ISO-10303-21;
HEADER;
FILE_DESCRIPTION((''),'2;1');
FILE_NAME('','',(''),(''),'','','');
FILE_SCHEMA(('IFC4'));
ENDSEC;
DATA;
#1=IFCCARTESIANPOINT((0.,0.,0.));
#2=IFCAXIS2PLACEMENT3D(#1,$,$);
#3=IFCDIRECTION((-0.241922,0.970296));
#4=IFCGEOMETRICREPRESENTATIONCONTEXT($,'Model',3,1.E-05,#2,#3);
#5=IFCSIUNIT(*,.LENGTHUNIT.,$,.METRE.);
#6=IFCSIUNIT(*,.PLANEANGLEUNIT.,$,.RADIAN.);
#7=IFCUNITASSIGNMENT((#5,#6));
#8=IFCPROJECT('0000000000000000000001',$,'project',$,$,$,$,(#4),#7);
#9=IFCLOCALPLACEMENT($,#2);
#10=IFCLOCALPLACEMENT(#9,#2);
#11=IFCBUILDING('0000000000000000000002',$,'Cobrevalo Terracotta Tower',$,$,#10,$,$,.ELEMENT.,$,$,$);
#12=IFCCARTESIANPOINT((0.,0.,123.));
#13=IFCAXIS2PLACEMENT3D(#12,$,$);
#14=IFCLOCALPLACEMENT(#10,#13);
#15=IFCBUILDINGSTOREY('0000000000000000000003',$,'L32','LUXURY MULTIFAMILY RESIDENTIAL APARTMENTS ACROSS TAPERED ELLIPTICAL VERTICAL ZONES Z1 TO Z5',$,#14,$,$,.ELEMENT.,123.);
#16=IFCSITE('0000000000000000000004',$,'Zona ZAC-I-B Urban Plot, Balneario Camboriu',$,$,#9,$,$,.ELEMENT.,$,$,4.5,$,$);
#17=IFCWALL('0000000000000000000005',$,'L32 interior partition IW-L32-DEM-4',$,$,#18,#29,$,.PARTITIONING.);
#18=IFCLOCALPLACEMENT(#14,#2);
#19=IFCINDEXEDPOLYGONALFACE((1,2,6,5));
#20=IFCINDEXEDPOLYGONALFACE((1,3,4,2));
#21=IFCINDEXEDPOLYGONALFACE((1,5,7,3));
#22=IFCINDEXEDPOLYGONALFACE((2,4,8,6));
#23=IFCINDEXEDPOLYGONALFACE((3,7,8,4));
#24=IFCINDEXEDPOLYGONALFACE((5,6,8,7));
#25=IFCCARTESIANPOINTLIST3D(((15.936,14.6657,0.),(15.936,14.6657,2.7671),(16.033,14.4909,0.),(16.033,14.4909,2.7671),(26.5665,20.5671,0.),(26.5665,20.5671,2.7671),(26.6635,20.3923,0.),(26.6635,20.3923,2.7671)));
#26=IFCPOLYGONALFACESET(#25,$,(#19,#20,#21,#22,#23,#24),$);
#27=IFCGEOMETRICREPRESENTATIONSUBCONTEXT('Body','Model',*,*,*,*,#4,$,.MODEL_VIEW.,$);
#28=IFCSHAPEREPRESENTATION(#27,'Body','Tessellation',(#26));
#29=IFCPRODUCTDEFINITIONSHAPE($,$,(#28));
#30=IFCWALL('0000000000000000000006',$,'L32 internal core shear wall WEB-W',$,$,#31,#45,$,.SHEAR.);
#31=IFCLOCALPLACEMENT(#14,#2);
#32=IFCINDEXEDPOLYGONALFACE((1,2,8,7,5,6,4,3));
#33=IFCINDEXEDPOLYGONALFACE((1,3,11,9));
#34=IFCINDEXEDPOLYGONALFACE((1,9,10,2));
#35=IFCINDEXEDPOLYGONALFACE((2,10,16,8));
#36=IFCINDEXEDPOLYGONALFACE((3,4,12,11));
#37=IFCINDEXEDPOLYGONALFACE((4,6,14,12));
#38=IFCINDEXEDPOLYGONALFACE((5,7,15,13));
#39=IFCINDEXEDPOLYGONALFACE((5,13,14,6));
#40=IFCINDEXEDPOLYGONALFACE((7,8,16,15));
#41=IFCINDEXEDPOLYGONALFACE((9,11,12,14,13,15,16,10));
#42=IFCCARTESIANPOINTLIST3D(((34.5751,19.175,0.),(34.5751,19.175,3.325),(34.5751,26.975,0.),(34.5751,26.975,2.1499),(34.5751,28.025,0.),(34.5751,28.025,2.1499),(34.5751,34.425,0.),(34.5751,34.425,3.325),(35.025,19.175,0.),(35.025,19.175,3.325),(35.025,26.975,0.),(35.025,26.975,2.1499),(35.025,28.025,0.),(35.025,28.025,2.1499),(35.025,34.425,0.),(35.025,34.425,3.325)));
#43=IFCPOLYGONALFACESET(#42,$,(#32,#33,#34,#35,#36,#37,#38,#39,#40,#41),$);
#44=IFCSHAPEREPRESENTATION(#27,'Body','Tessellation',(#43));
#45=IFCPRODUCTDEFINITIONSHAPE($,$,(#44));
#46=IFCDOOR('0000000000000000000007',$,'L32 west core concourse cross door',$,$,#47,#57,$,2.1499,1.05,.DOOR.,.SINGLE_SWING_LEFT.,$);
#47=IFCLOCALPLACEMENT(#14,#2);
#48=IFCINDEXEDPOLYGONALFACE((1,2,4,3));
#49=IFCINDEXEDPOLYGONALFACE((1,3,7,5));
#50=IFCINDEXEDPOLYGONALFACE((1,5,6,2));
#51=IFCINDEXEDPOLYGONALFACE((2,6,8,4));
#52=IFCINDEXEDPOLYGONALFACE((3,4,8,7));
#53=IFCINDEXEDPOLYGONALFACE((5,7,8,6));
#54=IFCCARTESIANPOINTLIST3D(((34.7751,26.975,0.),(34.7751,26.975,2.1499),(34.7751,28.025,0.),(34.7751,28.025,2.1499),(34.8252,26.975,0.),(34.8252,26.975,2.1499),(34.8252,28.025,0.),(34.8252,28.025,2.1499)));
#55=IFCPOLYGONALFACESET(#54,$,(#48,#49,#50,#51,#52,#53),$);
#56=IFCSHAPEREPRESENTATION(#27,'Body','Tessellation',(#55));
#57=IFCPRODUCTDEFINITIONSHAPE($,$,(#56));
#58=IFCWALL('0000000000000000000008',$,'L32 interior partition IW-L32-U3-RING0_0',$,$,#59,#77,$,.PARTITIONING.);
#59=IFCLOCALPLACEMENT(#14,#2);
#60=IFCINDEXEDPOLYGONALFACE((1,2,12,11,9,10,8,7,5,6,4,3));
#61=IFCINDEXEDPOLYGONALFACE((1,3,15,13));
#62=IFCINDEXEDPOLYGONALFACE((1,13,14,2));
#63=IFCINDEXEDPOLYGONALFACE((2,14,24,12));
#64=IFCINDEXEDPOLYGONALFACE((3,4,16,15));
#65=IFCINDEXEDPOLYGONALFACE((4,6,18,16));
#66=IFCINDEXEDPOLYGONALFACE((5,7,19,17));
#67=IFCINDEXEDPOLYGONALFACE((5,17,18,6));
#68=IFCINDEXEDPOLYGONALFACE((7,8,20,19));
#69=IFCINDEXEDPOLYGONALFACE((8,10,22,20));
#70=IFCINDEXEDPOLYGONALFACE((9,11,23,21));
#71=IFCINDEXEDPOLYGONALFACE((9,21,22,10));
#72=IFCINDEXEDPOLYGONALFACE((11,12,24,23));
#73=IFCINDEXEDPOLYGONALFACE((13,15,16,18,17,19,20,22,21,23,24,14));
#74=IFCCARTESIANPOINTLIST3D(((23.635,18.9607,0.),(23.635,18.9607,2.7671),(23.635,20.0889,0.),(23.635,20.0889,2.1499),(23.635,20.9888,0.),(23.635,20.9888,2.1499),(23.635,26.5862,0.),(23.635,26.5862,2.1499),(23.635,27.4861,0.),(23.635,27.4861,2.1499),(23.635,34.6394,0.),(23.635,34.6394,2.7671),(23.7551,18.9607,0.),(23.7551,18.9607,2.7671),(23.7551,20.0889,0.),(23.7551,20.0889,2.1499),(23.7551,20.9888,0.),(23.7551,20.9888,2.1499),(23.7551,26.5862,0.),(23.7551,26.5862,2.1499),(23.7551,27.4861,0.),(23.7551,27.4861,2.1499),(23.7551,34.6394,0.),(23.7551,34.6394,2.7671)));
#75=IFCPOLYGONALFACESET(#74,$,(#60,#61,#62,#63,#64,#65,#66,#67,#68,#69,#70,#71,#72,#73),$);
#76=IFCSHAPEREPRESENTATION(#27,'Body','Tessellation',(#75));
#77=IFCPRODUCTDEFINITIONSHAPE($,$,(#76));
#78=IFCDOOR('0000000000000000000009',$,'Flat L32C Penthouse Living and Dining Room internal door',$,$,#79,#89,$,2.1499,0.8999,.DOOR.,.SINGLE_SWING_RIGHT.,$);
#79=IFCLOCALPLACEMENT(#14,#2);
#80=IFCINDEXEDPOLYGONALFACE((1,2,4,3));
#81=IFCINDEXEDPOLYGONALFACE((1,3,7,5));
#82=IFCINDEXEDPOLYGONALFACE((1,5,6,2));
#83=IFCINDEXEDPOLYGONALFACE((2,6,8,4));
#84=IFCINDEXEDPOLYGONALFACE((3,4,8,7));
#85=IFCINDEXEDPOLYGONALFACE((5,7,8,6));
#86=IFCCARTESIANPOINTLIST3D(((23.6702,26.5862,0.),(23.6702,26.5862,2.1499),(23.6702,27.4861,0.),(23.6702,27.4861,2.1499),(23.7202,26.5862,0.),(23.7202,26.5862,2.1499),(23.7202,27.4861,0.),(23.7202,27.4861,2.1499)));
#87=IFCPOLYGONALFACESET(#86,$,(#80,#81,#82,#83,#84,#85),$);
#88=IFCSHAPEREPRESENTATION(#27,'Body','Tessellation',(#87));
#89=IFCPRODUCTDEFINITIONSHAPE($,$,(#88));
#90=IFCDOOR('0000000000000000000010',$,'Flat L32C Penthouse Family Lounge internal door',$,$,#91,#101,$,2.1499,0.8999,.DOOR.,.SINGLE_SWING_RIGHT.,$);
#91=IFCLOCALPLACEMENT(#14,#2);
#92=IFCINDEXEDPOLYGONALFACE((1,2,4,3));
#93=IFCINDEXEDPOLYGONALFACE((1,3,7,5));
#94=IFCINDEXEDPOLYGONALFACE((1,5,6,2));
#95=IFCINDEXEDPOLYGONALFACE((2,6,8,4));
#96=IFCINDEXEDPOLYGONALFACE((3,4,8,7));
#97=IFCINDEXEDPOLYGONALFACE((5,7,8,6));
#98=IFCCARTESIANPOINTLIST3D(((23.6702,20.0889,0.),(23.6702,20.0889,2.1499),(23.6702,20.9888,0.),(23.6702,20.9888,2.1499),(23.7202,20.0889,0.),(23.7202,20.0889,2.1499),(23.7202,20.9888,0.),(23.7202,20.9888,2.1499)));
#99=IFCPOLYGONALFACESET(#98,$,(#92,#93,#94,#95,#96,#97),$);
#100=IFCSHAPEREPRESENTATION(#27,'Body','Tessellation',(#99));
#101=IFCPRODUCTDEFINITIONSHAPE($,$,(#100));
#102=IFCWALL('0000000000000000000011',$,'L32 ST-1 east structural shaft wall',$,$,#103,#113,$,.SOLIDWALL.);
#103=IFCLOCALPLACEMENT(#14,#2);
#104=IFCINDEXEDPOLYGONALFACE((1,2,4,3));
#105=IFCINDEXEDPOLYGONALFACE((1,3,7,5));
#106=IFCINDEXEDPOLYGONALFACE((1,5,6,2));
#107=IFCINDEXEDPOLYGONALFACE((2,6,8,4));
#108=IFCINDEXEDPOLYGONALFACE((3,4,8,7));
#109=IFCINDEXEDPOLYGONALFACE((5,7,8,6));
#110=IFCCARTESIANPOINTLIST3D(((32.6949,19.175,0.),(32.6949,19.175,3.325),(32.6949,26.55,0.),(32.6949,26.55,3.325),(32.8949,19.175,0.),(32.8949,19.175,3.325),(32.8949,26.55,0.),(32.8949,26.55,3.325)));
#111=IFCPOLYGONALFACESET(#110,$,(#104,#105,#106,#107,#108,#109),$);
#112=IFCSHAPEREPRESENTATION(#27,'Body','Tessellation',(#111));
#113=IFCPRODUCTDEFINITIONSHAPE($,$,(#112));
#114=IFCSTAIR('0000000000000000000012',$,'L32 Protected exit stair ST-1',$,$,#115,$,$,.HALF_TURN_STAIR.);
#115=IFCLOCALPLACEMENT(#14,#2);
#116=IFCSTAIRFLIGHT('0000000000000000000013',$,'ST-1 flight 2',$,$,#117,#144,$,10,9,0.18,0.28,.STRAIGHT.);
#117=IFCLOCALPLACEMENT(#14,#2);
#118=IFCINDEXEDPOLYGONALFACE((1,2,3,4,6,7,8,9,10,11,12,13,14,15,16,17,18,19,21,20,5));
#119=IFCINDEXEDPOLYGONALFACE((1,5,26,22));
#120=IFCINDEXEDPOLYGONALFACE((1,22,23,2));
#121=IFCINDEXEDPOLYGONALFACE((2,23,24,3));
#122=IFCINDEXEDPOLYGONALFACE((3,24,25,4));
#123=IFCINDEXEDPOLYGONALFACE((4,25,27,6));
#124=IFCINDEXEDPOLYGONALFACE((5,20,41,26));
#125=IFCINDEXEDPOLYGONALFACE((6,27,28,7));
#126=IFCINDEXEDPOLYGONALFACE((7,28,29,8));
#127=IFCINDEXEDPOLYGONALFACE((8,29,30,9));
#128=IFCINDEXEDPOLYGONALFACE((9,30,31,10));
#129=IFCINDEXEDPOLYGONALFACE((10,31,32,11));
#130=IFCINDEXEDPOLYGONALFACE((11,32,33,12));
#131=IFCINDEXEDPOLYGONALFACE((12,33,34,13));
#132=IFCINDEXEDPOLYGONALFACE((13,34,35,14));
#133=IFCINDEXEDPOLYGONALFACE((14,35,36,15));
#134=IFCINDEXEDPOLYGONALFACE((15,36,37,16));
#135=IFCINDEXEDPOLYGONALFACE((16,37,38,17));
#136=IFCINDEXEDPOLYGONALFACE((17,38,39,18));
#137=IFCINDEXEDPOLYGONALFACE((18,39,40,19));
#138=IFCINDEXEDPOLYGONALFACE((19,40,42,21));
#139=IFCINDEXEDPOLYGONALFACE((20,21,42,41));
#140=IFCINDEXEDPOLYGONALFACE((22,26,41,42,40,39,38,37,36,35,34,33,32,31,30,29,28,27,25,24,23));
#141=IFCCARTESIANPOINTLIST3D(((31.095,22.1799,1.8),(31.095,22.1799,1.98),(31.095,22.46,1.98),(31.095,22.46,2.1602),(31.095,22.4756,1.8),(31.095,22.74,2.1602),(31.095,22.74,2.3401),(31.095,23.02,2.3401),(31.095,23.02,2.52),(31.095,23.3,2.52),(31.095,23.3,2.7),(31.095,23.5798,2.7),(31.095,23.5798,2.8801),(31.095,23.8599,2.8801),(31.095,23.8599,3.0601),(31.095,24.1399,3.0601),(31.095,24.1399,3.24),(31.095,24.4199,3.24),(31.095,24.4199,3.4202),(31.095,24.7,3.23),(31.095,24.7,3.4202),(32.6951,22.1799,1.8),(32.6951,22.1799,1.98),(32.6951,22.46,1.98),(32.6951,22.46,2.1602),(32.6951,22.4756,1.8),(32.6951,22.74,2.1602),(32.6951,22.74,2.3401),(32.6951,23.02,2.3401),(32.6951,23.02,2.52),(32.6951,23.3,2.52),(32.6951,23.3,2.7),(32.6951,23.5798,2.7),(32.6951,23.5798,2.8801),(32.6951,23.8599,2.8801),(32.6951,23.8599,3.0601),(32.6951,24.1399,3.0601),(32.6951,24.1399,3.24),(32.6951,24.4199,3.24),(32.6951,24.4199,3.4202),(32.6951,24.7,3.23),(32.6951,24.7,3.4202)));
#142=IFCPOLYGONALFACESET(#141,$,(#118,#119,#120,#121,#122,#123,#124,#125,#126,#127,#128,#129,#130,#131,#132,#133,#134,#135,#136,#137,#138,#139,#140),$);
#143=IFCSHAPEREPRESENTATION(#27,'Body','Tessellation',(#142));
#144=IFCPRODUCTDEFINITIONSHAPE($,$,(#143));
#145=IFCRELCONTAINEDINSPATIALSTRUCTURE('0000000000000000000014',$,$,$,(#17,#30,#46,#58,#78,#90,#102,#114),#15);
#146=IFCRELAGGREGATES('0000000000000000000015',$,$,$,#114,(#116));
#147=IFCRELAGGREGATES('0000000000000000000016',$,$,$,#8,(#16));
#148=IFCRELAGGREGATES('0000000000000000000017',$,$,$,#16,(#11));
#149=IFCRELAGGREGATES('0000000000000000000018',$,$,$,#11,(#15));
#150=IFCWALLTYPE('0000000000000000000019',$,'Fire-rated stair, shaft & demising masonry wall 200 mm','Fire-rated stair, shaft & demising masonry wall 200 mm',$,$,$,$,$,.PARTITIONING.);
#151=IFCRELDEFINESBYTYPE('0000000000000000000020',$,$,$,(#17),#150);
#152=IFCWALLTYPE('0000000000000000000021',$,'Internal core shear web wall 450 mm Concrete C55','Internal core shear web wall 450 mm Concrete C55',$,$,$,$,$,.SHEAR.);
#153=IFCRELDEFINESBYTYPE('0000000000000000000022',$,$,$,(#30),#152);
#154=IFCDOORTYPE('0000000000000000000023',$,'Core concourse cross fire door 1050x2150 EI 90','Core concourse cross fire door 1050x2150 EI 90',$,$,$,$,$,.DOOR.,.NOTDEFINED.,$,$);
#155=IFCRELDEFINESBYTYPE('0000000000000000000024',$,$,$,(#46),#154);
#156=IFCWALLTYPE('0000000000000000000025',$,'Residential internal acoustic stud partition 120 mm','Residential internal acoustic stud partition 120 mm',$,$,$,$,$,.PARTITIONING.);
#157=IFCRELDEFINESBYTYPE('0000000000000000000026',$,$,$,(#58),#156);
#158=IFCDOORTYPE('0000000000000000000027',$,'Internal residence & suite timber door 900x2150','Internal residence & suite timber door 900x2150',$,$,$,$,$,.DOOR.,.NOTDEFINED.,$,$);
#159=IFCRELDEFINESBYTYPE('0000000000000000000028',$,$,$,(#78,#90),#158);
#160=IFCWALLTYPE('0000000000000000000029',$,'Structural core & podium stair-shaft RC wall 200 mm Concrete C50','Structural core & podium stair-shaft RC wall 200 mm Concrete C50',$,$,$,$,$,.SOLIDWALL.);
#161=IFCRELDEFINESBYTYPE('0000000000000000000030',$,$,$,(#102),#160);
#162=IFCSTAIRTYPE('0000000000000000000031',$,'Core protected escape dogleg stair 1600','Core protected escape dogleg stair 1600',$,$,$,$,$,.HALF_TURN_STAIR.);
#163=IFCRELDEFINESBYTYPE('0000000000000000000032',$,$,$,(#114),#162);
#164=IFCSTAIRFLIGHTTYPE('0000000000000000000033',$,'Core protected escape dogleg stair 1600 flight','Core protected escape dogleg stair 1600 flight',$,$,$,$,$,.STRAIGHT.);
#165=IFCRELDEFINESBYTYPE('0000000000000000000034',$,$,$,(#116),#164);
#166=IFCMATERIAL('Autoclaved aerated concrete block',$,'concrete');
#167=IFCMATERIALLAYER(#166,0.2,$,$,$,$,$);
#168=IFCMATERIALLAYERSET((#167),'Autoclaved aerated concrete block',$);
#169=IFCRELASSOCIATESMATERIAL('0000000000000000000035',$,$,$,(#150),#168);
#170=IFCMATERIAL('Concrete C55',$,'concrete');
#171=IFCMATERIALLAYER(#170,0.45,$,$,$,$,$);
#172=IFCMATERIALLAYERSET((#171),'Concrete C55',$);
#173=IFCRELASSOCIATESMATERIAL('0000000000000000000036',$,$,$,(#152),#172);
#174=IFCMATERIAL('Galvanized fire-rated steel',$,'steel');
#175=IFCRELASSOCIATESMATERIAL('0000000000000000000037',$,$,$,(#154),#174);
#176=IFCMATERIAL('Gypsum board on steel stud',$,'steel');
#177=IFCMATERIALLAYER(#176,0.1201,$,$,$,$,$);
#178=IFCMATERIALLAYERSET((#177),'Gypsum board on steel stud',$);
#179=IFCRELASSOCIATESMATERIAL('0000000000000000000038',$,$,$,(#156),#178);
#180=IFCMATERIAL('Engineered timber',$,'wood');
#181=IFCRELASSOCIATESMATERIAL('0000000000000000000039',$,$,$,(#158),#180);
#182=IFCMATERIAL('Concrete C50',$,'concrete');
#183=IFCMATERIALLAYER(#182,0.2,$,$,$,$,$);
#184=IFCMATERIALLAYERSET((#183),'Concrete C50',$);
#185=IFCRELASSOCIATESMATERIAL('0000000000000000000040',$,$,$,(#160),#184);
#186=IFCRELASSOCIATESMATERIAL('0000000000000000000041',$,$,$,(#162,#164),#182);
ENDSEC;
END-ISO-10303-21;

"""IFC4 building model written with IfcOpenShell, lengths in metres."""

from ifc_helpers import new_model, si_unit, direction, frame, frame_2d, origin, place, context, subcontext, project, spatial, polyline, rectangle, outline, extrude, source, transform, mapped, material, layer, layer_set, type_object, element, fill, aggregate, save


model = new_model("IFC4")

# Units and contexts
model_context = context("Model", 3, precision=1e-05, world=origin(), true_north=direction((-0.241922, 0.970296)))
body_context = subcontext(model_context, "Body", "Model", "MODEL_VIEW")
ifc_project = project(units=[si_unit("LENGTHUNIT", "METRE"), si_unit("PLANEANGLEUNIT", "RADIAN")], contexts=[model_context])

# Site, building, storey
site_placement = place(None, origin())
site = spatial("IfcSite", under=ifc_project, at=site_placement, Name="Zona ZAC-I-B Urban Plot, Balneario Camboriu", CompositionType="ELEMENT", RefElevation=4.5)
building_placement = place(site_placement, origin())
building = spatial("IfcBuilding", under=site, at=building_placement, Name="Cobrevalo Terracotta Tower", CompositionType="ELEMENT")
storey_placement = place(building_placement, frame((0.0, 0.0, 123.0)))
storey = spatial("IfcBuildingStorey", under=building, at=storey_placement, Name="L32", Description="LUXURY MULTIFAMILY RESIDENTIAL APARTMENTS ACROSS TAPERED ELLIPTICAL VERTICAL ZONES Z1 TO Z5", CompositionType="ELEMENT", Elevation=123.0)

# Shared definitions
ifc_material_1 = material(Name="Concrete C55", Category="concrete")

# Shared definitions
ifc_material_2 = material(Name="Galvanized fire-rated steel", Category="steel")
ifc_material_3 = material(Name="Gypsum board on steel stud", Category="steel")

# Wall
ifc_material_4 = material(Name="Autoclaved aerated concrete block", Category="concrete")
ifc_layer_1 = layer(ifc_material_4, 0.2)
ifc_layer_set_1 = layer_set([ifc_layer_1], Name="Autoclaved aerated concrete block")
wall_type_1 = type_object("IfcWallType", Name="Fire-rated stair, shaft & demising masonry wall 200 mm", Description="Fire-rated stair, shaft & demising masonry wall 200 mm", PredefinedType="PARTITIONING", material=ifc_layer_set_1)
wall_1_placement = place(storey_placement, frame((26.615, 20.4797, 0.0), z_axis=(0.0, 0.0, 1.0), x_axis=(-0.874311, -0.485367, 0.0)))
element("IfcWall", 1, at=wall_1_placement, inside=storey, type_object=wall_type_1, Name="L32 interior partition IW-L32-DEM-4", PredefinedType="PARTITIONING", context=body_context, shape_type="SweptSolid", body=[
    extrude(rectangle(XDim=12.1587, YDim=0.2, at=frame_2d((6.0793, 0.0))), origin(), (0.0, 0.0, 1.0), 2.7671),
])

# Wall, opening, door
ifc_layer_2 = layer(ifc_material_1, 0.45)
ifc_layer_set_2 = layer_set([ifc_layer_2], Name="Concrete C55")
wall_type_2 = type_object("IfcWallType", Name="Internal core shear web wall 450 mm Concrete C55", Description="Internal core shear web wall 450 mm Concrete C55", PredefinedType="SHEAR", material=ifc_layer_set_2)
wall_2_placement = place(storey_placement, frame((34.8, 19.175, 0.0), z_axis=(0.0, 0.0, 1.0), x_axis=(0.0, 1.0, 0.0)))
wall_2 = element("IfcWall", 2, at=wall_2_placement, inside=storey, type_object=wall_type_2, Name="L32 internal core shear wall WEB-W", PredefinedType="SHEAR", context=body_context, shape_type="SweptSolid", body=[
    extrude(rectangle(XDim=15.25, YDim=0.45, at=frame_2d((7.625, 0.0))), origin(), (0.0, 0.0, 1.0), 3.325),
])
opening_1_placement = place(wall_2_placement, frame((7.8, 0.0, 0.0)))
opening_1 = element("IfcOpeningElement", 3, at=opening_1_placement, cuts=wall_2, PredefinedType="OPENING", context=body_context, shape_type="SweptSolid", body=[
    extrude(rectangle(XDim=1.05, YDim=2.1499, at=frame_2d((0.5249, 1.075))), frame((0.0, 0.2349, 0.0), z_axis=(0.0, -1.0, 0.0), x_axis=(1.0, 0.0, 0.0)), (0.0, 0.0, 1.0), 0.47),
])
door_type_1 = type_object("IfcDoorType", Name="Core concourse cross fire door 1050x2150 EI 90", Description="Core concourse cross fire door 1050x2150 EI 90", OperationType="NOTDEFINED", PredefinedType="DOOR", material=ifc_material_2)
shared_shape_1 = source(origin(), body_context, "Body", "SweptSolid", [
    extrude(rectangle(XDim=1.05, YDim=2.1499, at=frame_2d((0.5249, 1.075))), frame((0.0, 0.0249, 0.0), z_axis=(0.0, -1.0, 0.0), x_axis=(1.0, 0.0, 0.0)), (0.0, 0.0, 1.0), 0.05),
])
door_1_placement = place(opening_1_placement, origin())
door_1 = element("IfcDoor", 4, at=door_1_placement, inside=storey, type_object=door_type_1, Name="L32 west core concourse cross door", OperationType="SINGLE_SWING_LEFT", OverallHeight=2.1499, OverallWidth=1.05, PredefinedType="DOOR", context=body_context, shape_type="MappedRepresentation", body=[
    mapped(shared_shape_1, transform((0.0, 0.0, 0.0), scale=1.0)),
])
fill(opening_1, door_1)

# Wall, openings, doors
ifc_layer_3 = layer(ifc_material_3, 0.1201)
ifc_layer_set_3 = layer_set([ifc_layer_3], Name="Gypsum board on steel stud")
wall_type_3 = type_object("IfcWallType", Name="Residential internal acoustic stud partition 120 mm", Description="Residential internal acoustic stud partition 120 mm", PredefinedType="PARTITIONING", material=ifc_layer_set_3)
wall_3_placement = place(storey_placement, frame((23.6951, 18.9607, 0.0), z_axis=(0.0, 0.0, 1.0), x_axis=(0.0, 1.0, 0.0)))
wall_3 = element("IfcWall", 5, at=wall_3_placement, inside=storey, type_object=wall_type_3, Name="L32 interior partition IW-L32-U3-RING0_0", PredefinedType="PARTITIONING", context=body_context, shape_type="SweptSolid", body=[
    extrude(rectangle(XDim=15.6787, YDim=0.1201, at=frame_2d((7.8394, 0.0))), origin(), (0.0, 0.0, 1.0), 2.7671),
])
opening_2_placement = place(wall_3_placement, frame((7.6255, 0.0, 0.0)))
opening_2 = element("IfcOpeningElement", 6, at=opening_2_placement, cuts=wall_3, PredefinedType="OPENING", context=body_context, shape_type="SweptSolid", body=[
    extrude(rectangle(XDim=0.8999, YDim=2.1499, at=frame_2d((0.45, 1.075))), frame((0.0, 0.0701, 0.0), z_axis=(0.0, -1.0, 0.0), x_axis=(1.0, 0.0, 0.0)), (0.0, 0.0, 1.0), 0.1401),
])
opening_3_placement = place(wall_3_placement, frame((1.1282, 0.0, 0.0)))
opening_3 = element("IfcOpeningElement", 7, at=opening_3_placement, cuts=wall_3, PredefinedType="OPENING", context=body_context, shape_type="SweptSolid", body=[
    extrude(rectangle(XDim=0.8999, YDim=2.1499, at=frame_2d((0.45, 1.075))), frame((0.0, 0.0701, 0.0), z_axis=(0.0, -1.0, 0.0), x_axis=(1.0, 0.0, 0.0)), (0.0, 0.0, 1.0), 0.1401),
])
ifc_material_5 = material(Name="Engineered timber", Category="wood")
door_type_2 = type_object("IfcDoorType", Name="Internal residence & suite timber door 900x2150", Description="Internal residence & suite timber door 900x2150", OperationType="NOTDEFINED", PredefinedType="DOOR", material=ifc_material_5)
shared_shape_2 = source(origin(), body_context, "Body", "SweptSolid", [
    extrude(rectangle(XDim=0.8999, YDim=2.1499, at=frame_2d((0.45, 1.075))), frame((0.0, 0.0249, 0.0), z_axis=(0.0, -1.0, 0.0), x_axis=(1.0, 0.0, 0.0)), (0.0, 0.0, 1.0), 0.05),
])
door_2_placement = place(opening_2_placement, origin())
door_2 = element("IfcDoor", 8, at=door_2_placement, inside=storey, type_object=door_type_2, Name="Flat L32C Penthouse Living and Dining Room internal door", OperationType="SINGLE_SWING_RIGHT", OverallHeight=2.1499, OverallWidth=0.8999, PredefinedType="DOOR", context=body_context, shape_type="MappedRepresentation", body=[
    mapped(shared_shape_2, transform((0.0, 0.0, 0.0), scale=1.0)),
])
fill(opening_2, door_2)
door_3_placement = place(opening_3_placement, origin())
door_3 = element("IfcDoor", 9, at=door_3_placement, inside=storey, type_object=door_type_2, Name="Flat L32C Penthouse Family Lounge internal door", OperationType="SINGLE_SWING_RIGHT", OverallHeight=2.1499, OverallWidth=0.8999, PredefinedType="DOOR", context=body_context, shape_type="MappedRepresentation", body=[
    mapped(shared_shape_2, transform((0.0, 0.0, 0.0), scale=1.0)),
])
fill(opening_3, door_3)

# Wall
ifc_material_6 = material(Name="Concrete C50", Category="concrete")
ifc_layer_4 = layer(ifc_material_6, 0.2)
ifc_layer_set_4 = layer_set([ifc_layer_4], Name="Concrete C50")
wall_type_4 = type_object("IfcWallType", Name="Structural core & podium stair-shaft RC wall 200 mm Concrete C50", Description="Structural core & podium stair-shaft RC wall 200 mm Concrete C50", PredefinedType="SOLIDWALL", material=ifc_layer_set_4)
wall_4_placement = place(storey_placement, frame((32.7949, 19.175, 0.0), z_axis=(0.0, 0.0, 1.0), x_axis=(0.0, 1.0, 0.0)))
element("IfcWall", 10, at=wall_4_placement, inside=storey, type_object=wall_type_4, Name="L32 ST-1 east structural shaft wall", PredefinedType="SOLIDWALL", context=body_context, shape_type="SweptSolid", body=[
    extrude(rectangle(XDim=7.375, YDim=0.2, at=frame_2d((3.6875, 0.0))), origin(), (0.0, 0.0, 1.0), 3.325),
])

# Stair, stair flight
stair_type = type_object("IfcStairType", Name="Core protected escape dogleg stair 1600", Description="Core protected escape dogleg stair 1600", PredefinedType="HALF_TURN_STAIR", material=ifc_material_6)
stair_placement = place(storey_placement, origin())
stair = element("IfcStair", 11, at=stair_placement, inside=storey, type_object=stair_type, Name="L32 Protected exit stair ST-1", PredefinedType="HALF_TURN_STAIR")
stair_flight_type = type_object("IfcStairFlightType", Name="Core protected escape dogleg stair 1600 flight", Description="Core protected escape dogleg stair 1600 flight", PredefinedType="STRAIGHT", material=ifc_material_6)
stair_flight_placement = place(storey_placement, frame((31.895, 22.1799, 1.8), z_axis=(0.0, 0.0, 1.0), x_axis=(0.0, 1.0, 0.0)))
stair_flight = element("IfcStairFlight", 12, at=stair_flight_placement, type_object=stair_flight_type, Name="ST-1 flight 2", NumberOfRisers=10, NumberOfTreads=9, PredefinedType="STRAIGHT", RiserHeight=0.18, TreadLength=0.28, context=body_context, shape_type="SweptSolid", body=[
    extrude(outline(polyline([(0.0, 0.0), (0.0, 0.1799), (0.28, 0.1799), (0.28, 0.3601), (0.5601, 0.3601), (0.5601, 0.54), (0.8401, 0.54), (0.8401, 0.72), (1.1201, 0.72), (1.1201, 0.8999), (1.3999, 0.8999), (1.3999, 1.0801), (1.6799, 1.0801), (1.6799, 1.26), (1.96, 1.26), (1.96, 1.4399), (2.24, 1.4399), (2.24, 1.6201), (2.52, 1.6201), (2.52, 1.8), (2.52, 1.4299), (0.2957, 0.0), (0.0, 0.0)])), frame((0.0, 0.8, 0.0), z_axis=(0.0, -1.0, 0.0), x_axis=(1.0, 0.0, 0.0)), (0.0, 0.0, 1.0), 1.6001),
])
aggregate(stair, [stair_flight])

save(model, "model.ifc")
